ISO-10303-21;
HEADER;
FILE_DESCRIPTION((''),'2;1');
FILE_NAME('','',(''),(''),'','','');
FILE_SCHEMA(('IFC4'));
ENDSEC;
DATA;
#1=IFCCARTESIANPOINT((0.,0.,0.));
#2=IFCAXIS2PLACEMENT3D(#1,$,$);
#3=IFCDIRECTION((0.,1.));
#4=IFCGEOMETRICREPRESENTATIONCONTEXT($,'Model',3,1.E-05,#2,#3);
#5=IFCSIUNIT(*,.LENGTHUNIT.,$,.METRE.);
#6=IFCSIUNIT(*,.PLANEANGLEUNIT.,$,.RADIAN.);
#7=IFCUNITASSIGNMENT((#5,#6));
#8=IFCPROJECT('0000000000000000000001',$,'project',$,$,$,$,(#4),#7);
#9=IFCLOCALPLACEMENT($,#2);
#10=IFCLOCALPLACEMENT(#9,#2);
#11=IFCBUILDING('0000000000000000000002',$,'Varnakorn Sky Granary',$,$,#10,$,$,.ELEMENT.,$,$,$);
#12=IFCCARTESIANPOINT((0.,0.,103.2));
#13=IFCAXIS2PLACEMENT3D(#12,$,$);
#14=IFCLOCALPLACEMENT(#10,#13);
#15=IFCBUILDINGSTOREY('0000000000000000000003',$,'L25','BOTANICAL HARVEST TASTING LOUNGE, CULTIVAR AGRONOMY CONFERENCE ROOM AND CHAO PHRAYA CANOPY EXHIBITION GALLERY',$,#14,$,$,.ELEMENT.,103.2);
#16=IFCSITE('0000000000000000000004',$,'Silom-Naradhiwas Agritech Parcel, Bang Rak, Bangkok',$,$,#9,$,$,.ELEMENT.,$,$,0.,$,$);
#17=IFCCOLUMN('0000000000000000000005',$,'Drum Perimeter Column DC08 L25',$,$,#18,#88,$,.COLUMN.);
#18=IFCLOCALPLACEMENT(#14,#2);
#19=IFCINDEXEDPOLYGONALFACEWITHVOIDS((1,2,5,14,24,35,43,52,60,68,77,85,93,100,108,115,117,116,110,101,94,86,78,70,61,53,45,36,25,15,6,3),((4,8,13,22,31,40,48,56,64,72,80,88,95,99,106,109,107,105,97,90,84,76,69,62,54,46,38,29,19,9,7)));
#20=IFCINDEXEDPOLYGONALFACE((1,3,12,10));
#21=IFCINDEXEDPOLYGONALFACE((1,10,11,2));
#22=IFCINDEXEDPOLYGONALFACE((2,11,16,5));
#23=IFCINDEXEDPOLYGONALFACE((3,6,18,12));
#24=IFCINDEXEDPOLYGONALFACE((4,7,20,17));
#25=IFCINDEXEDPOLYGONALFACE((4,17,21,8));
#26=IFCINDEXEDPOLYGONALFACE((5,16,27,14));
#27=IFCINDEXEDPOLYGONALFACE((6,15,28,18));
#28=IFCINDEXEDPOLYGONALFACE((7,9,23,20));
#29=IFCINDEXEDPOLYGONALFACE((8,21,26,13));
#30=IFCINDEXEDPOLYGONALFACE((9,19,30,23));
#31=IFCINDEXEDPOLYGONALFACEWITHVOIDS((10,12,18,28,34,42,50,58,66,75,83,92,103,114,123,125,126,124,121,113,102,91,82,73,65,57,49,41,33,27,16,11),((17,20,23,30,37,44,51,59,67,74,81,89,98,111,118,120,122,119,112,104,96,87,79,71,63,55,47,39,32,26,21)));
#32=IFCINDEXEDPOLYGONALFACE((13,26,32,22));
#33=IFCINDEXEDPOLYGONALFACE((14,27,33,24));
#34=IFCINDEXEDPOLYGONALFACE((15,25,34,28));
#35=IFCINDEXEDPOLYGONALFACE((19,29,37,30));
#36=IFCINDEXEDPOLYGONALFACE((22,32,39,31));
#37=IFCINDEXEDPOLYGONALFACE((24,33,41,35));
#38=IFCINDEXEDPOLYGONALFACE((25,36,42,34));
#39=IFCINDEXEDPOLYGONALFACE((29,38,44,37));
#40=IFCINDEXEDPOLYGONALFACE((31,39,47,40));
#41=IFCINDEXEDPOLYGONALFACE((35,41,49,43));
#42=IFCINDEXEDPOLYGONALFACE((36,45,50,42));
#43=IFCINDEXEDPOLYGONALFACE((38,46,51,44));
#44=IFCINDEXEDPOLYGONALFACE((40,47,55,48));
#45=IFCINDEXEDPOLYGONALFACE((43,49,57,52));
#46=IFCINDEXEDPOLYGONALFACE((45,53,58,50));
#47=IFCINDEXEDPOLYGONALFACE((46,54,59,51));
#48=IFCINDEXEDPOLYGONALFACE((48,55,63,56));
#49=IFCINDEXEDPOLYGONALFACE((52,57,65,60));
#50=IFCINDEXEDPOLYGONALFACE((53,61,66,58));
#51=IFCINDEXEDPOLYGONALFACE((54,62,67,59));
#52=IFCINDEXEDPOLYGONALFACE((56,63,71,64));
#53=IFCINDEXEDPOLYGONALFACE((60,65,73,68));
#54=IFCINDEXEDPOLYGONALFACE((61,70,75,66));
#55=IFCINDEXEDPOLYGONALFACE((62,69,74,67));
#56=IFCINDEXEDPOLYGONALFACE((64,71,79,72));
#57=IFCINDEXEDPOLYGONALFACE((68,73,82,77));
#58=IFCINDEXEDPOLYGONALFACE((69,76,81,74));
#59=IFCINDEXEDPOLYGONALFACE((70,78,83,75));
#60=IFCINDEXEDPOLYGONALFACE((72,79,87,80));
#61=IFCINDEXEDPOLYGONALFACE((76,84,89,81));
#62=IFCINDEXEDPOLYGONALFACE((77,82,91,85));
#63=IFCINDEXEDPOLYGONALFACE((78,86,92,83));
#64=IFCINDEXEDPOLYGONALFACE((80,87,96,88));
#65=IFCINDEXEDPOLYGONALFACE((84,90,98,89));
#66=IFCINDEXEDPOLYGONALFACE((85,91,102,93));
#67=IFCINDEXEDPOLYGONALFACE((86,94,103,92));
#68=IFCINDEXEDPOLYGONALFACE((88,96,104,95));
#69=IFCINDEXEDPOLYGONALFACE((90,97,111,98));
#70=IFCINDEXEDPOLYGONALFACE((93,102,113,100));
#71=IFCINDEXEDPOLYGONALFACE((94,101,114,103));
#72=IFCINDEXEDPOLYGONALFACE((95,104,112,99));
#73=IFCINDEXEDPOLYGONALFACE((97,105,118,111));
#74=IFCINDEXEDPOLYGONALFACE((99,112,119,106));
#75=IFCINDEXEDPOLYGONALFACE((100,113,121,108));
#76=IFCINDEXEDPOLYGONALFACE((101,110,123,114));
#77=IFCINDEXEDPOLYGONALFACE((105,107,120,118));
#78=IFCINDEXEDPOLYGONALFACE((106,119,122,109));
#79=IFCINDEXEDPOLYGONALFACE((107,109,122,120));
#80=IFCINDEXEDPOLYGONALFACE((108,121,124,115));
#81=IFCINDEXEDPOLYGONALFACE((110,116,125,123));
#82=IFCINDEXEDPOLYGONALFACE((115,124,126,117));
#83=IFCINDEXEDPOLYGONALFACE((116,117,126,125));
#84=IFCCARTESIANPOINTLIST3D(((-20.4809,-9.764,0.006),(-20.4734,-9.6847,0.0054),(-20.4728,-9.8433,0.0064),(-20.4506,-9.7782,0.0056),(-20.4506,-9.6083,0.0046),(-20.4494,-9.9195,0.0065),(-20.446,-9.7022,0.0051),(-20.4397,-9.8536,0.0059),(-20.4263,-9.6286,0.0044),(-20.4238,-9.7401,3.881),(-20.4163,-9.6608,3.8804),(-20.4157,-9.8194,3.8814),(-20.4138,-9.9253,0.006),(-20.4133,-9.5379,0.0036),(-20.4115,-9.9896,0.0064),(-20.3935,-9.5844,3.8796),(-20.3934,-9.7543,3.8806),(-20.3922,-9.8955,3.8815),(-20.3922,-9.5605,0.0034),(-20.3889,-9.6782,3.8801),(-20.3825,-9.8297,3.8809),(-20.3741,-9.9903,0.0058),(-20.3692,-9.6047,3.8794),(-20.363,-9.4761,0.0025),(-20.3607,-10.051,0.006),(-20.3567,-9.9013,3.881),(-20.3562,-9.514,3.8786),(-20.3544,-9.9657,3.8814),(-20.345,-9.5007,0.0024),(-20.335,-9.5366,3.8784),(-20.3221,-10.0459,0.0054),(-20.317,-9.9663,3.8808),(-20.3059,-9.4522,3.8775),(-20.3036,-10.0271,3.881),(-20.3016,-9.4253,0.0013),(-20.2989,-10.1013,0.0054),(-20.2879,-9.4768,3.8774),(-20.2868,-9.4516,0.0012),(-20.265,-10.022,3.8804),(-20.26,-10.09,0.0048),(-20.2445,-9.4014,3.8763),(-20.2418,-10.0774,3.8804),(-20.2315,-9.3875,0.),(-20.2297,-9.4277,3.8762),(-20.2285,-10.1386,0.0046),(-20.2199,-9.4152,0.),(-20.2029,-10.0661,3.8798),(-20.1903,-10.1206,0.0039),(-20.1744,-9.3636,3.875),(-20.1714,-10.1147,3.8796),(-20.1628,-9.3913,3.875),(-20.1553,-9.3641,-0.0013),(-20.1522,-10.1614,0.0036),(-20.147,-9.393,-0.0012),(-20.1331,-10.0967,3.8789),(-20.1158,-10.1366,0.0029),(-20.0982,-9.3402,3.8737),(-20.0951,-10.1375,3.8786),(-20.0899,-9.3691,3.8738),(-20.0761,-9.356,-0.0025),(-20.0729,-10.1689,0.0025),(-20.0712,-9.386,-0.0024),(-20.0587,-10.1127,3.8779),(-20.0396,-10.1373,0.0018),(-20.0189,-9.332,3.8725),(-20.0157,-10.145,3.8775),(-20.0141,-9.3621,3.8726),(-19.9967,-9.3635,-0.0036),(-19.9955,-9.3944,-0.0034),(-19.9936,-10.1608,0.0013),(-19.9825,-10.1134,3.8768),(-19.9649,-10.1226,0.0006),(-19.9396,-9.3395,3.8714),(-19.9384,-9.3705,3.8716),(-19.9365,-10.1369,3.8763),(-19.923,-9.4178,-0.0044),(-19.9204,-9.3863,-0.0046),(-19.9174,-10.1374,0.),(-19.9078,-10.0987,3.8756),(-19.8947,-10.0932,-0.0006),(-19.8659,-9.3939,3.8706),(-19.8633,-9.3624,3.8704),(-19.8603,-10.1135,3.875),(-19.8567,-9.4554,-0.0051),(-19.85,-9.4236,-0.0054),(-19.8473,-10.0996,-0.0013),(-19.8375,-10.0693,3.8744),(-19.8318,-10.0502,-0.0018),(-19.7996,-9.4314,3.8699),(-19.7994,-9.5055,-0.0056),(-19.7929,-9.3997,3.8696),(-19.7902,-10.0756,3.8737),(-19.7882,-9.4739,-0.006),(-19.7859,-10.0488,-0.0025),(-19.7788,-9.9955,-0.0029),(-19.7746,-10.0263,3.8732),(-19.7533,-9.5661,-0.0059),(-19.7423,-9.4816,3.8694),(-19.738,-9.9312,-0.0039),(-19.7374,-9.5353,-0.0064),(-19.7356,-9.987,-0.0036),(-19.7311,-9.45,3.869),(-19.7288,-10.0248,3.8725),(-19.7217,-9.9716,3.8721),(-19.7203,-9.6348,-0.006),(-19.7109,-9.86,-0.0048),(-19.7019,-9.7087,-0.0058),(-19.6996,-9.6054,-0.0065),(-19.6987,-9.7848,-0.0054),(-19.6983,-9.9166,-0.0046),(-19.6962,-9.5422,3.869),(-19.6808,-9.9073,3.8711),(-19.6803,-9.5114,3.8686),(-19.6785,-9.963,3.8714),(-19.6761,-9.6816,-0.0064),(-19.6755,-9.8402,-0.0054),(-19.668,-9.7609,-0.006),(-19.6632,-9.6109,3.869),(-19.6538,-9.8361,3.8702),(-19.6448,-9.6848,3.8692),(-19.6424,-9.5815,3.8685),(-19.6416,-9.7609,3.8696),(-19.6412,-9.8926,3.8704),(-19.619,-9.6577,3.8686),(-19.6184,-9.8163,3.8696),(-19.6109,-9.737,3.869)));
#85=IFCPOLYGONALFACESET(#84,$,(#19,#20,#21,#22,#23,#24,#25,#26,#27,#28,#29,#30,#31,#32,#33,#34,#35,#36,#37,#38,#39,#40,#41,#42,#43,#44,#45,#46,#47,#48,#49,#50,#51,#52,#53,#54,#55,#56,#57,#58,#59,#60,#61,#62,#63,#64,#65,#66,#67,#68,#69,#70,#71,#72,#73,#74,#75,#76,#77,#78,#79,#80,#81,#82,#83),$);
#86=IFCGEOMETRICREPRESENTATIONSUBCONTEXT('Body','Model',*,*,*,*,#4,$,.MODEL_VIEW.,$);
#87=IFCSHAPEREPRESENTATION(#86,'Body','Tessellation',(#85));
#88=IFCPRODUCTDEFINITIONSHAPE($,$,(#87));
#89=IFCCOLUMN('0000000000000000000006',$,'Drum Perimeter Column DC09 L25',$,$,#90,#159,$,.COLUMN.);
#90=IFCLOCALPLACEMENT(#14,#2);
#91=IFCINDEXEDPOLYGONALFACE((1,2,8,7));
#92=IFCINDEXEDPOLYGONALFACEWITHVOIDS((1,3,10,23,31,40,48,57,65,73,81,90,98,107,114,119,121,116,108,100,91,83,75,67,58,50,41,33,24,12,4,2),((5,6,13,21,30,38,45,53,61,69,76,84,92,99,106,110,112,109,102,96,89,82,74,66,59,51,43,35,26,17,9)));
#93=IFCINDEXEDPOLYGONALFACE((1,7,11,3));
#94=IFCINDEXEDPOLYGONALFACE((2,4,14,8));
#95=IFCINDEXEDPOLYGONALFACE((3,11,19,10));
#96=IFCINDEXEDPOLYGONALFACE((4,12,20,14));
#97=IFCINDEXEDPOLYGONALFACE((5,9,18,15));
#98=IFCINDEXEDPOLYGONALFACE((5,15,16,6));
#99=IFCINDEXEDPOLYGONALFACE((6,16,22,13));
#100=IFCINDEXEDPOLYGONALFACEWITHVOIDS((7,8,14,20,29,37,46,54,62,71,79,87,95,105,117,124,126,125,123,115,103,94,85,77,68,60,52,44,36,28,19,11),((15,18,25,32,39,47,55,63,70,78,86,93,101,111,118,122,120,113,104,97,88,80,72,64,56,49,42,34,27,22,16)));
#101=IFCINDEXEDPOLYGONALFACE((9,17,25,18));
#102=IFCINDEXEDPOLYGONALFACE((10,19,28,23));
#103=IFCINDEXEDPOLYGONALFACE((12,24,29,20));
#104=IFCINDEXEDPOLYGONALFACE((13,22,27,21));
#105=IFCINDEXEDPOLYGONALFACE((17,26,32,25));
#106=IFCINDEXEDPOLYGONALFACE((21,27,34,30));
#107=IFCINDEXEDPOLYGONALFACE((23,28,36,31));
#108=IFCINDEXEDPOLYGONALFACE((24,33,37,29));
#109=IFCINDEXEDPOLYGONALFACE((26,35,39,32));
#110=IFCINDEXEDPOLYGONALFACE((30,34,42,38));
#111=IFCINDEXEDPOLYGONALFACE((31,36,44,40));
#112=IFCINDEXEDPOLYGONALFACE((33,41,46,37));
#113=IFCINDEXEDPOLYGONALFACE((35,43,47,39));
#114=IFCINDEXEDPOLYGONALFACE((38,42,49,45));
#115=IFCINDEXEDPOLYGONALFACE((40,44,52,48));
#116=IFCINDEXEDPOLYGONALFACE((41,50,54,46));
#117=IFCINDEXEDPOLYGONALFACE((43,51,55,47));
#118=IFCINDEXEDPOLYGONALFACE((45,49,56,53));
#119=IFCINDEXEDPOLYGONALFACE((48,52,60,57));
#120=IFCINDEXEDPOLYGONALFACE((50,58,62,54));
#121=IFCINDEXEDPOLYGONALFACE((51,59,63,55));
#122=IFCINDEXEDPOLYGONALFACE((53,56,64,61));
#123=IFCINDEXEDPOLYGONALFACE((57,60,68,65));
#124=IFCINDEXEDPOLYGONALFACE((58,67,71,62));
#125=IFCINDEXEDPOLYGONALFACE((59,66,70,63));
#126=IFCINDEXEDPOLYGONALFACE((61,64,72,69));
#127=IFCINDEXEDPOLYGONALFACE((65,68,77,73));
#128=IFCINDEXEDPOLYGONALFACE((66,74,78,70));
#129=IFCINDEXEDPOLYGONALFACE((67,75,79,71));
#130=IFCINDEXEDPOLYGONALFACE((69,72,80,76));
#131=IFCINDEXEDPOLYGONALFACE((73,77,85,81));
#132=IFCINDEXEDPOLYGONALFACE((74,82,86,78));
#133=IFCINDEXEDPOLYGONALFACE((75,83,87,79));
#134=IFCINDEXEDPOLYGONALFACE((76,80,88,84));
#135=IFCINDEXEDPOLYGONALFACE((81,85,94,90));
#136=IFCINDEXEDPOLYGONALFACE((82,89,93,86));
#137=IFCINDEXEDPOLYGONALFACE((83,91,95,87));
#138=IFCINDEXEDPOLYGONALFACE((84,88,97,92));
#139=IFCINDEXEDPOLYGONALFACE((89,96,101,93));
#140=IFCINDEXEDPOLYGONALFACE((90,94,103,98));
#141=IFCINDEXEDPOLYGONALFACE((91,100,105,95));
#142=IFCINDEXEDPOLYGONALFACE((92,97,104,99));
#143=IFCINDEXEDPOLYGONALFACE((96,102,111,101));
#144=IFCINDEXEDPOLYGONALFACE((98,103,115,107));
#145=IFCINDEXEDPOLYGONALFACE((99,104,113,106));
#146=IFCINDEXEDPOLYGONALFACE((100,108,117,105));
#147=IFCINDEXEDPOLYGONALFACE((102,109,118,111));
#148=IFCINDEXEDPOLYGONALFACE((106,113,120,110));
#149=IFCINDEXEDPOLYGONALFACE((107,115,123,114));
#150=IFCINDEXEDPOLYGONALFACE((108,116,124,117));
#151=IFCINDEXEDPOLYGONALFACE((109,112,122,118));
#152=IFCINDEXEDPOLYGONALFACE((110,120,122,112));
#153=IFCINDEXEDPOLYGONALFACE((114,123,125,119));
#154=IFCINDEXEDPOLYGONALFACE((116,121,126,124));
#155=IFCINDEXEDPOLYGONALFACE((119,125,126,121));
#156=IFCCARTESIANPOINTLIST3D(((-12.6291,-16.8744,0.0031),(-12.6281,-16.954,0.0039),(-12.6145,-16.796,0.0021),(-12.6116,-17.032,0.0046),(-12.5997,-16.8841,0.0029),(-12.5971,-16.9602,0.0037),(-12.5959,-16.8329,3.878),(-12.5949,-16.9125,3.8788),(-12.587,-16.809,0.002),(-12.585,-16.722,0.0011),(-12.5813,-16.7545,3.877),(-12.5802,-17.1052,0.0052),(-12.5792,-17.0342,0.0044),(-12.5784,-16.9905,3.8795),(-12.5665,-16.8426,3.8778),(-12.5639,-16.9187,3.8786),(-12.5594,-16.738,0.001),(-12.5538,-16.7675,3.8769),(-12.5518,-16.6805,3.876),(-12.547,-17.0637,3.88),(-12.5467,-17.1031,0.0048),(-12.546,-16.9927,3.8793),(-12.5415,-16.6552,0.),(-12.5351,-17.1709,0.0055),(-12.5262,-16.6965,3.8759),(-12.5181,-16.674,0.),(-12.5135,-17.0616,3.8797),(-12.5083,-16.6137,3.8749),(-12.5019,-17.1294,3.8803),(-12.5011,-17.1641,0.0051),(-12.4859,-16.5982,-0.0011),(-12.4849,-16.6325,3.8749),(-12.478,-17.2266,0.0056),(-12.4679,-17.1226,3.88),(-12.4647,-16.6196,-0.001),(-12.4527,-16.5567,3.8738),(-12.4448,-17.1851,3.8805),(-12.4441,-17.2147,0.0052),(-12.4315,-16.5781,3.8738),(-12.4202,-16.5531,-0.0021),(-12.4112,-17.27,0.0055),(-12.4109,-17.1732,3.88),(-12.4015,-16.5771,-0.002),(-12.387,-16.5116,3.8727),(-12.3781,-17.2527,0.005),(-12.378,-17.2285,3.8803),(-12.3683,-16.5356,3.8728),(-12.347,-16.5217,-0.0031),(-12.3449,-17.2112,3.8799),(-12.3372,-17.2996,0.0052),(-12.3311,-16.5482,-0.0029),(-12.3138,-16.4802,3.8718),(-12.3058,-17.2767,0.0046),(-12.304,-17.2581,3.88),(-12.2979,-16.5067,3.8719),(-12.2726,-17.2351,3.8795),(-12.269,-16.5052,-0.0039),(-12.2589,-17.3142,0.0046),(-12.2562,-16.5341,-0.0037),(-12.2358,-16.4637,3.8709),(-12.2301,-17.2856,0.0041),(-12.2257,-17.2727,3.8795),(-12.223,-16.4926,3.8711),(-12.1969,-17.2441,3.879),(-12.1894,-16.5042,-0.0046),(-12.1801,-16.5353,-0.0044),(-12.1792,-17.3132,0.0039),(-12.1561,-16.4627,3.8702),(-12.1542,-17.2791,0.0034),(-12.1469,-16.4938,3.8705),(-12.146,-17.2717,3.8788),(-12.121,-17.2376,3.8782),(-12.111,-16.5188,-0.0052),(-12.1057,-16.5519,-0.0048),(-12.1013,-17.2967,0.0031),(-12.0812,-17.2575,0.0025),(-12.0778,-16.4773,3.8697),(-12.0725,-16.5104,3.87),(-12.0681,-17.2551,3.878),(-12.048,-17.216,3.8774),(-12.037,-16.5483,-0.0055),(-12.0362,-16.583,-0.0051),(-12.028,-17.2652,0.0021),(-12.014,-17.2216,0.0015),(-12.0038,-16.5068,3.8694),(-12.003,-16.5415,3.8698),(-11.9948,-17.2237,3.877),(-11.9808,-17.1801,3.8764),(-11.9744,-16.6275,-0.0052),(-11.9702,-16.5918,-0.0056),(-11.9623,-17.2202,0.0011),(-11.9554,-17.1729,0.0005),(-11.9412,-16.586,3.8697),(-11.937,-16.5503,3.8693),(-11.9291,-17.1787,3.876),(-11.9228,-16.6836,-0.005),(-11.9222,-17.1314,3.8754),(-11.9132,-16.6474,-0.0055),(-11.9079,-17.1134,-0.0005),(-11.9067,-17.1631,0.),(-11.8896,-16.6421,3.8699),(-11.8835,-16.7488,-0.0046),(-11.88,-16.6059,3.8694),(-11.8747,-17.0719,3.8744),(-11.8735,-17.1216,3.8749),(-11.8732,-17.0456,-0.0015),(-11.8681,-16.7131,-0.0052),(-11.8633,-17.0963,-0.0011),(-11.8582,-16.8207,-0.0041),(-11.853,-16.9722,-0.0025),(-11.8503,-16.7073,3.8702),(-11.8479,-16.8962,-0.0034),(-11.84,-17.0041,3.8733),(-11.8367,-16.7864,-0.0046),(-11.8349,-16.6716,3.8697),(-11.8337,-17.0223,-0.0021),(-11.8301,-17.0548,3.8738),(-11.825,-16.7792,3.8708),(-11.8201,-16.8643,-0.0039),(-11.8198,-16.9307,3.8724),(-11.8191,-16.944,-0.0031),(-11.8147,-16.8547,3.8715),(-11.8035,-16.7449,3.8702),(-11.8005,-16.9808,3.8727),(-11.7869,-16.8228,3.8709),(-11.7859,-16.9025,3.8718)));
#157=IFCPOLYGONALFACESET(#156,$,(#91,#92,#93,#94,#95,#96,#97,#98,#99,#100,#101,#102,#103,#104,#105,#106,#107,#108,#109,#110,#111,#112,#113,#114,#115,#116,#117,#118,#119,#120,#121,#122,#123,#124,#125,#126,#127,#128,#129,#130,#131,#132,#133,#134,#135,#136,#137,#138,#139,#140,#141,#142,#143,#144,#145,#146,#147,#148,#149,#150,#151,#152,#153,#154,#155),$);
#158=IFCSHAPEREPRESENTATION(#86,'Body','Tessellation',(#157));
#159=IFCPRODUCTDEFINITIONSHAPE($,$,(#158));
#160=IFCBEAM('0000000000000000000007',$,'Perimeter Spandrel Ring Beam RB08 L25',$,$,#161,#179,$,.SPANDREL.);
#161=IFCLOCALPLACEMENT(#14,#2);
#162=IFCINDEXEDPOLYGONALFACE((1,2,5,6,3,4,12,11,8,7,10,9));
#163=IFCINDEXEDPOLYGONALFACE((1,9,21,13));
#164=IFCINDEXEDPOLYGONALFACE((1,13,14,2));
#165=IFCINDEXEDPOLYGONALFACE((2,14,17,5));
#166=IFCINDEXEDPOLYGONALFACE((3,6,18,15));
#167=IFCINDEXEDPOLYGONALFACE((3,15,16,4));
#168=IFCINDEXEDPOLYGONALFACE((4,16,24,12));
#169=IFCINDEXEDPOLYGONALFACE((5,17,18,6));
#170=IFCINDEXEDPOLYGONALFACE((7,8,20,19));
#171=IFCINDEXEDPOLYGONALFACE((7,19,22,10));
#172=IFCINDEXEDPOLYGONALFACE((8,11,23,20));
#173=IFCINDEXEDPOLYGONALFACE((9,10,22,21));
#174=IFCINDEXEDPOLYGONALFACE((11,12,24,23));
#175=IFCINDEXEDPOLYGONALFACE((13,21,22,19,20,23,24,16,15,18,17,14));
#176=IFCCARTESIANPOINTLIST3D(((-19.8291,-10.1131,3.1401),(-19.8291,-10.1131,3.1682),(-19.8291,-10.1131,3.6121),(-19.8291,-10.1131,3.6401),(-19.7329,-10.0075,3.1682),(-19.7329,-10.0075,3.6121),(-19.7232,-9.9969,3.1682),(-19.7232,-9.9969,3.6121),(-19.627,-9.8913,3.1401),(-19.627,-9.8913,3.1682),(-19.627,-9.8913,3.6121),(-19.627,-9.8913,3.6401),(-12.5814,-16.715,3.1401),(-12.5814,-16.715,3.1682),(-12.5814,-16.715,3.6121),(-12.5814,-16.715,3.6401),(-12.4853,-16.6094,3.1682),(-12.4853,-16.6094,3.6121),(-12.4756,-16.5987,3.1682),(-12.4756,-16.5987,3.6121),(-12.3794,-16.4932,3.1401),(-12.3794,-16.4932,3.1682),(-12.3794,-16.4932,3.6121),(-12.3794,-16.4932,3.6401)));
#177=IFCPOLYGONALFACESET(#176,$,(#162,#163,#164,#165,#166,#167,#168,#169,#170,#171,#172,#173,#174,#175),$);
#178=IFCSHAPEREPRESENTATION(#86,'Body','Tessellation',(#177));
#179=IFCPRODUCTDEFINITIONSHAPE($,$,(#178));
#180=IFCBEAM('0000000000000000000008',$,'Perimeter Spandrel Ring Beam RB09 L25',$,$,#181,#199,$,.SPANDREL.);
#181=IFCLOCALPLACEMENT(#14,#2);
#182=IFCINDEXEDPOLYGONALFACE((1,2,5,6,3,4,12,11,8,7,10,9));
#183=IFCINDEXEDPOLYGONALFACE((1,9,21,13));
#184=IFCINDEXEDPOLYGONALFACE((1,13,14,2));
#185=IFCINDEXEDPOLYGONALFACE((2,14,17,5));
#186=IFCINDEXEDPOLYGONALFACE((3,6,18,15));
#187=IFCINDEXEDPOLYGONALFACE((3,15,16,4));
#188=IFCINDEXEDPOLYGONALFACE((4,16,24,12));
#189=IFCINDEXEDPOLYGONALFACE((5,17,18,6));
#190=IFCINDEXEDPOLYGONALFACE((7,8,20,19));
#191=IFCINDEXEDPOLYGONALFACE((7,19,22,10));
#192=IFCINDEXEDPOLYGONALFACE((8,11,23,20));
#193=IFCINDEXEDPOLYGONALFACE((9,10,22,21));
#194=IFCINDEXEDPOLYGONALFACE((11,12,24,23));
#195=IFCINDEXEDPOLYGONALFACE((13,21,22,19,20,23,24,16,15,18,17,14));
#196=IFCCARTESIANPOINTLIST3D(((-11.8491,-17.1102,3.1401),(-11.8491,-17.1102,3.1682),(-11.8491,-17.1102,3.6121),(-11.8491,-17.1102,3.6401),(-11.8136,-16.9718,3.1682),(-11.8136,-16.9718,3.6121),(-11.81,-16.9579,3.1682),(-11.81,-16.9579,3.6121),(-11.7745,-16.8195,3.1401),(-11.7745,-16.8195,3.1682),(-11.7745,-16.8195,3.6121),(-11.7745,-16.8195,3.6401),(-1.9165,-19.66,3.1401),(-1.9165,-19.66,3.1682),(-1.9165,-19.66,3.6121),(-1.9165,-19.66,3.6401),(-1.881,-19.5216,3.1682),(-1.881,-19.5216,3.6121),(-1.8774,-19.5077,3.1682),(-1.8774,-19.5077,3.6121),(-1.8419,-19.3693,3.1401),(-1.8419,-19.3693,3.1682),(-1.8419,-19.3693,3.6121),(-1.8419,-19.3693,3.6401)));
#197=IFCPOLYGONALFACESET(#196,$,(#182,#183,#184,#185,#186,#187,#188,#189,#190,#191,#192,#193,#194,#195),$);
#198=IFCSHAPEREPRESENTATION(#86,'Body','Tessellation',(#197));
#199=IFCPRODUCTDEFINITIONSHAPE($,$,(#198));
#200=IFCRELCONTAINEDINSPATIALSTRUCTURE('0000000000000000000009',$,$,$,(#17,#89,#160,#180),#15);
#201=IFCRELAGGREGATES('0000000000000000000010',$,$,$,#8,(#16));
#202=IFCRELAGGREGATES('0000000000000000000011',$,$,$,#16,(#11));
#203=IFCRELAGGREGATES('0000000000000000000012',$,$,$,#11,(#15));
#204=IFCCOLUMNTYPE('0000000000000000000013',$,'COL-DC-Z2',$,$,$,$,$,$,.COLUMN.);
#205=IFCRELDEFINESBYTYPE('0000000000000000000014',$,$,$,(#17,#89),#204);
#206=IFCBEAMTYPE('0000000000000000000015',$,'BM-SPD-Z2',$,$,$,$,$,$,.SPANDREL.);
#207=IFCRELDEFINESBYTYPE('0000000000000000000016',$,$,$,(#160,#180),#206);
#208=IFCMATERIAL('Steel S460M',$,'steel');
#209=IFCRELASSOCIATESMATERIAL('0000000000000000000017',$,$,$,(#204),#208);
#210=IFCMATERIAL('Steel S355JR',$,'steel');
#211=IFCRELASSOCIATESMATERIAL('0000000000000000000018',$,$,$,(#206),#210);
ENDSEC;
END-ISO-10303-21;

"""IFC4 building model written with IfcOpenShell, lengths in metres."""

from ifc_helpers import new_model, si_unit, direction, frame, origin, origin_2d, place, context, subcontext, project, spatial, hollow_circle, i_section, extrude, material, material_profile, profile_set, type_object, element, save


model = new_model("IFC4")

# Units and contexts
model_context = context("Model", 3, precision=1e-05, world=origin(), true_north=direction((0.0, 1.0)))
body_context = subcontext(model_context, "Body", "Model", "MODEL_VIEW")
ifc_project = project(units=[si_unit("LENGTHUNIT", "METRE"), si_unit("PLANEANGLEUNIT", "RADIAN")], contexts=[model_context])

# Site, building, storey
site_placement = place(None, origin())
site = spatial("IfcSite", under=ifc_project, at=site_placement, Name="Silom-Naradhiwas Agritech Parcel, Bang Rak, Bangkok", CompositionType="ELEMENT", RefElevation=0.0)
building_placement = place(site_placement, origin())
building = spatial("IfcBuilding", under=site, at=building_placement, Name="Varnakorn Sky Granary", CompositionType="ELEMENT")
storey_placement = place(building_placement, frame((0.0, 0.0, 103.2)))
storey = spatial("IfcBuildingStorey", under=building, at=storey_placement, Name="L25", Description="BOTANICAL HARVEST TASTING LOUNGE, CULTIVAR AGRONOMY CONFERENCE ROOM AND CHAO PHRAYA CANOPY EXHIBITION GALLERY", CompositionType="ELEMENT", Elevation=103.2)

# Columns
ifc_material_1 = material(Name="Steel S460M", Category="steel")
ifc_material_profile_1 = material_profile(ifc_material_1, hollow_circle(Radius=0.4065, WallThickness=0.03, at=origin_2d()), Name="CHS 813x30")
ifc_profile_set_1 = profile_set([ifc_material_profile_1], Name="Steel S460M")
column_type = type_object("IfcColumnType", Name="COL-DC-Z2", PredefinedType="COLUMN", material=ifc_profile_set_1)
column_1_placement = place(storey_placement, frame((-20.0745, -9.7625, 0.0), z_axis=(0.014741, 0.006174, 0.999872), x_axis=(-0.386294, 0.922376, 0.0)))
element("IfcColumn", 1, at=column_1_placement, inside=storey, type_object=column_type, Name="Drum Perimeter Column DC08 L25", PredefinedType="COLUMN", context=body_context, shape_type="SweptSolid", body=[
    extrude(hollow_circle(Radius=0.4065, WallThickness=0.03, at=origin_2d()), origin(), (0.0, 0.0, 1.0), 3.8755),
])
column_2_placement = place(storey_placement, frame((-12.2241, -16.9092, 0.0), z_axis=(0.008568, 0.01071, 0.999906), x_axis=(-0.780869, 0.624695, 0.0)))
element("IfcColumn", 2, at=column_2_placement, inside=storey, type_object=column_type, Name="Drum Perimeter Column DC09 L25", PredefinedType="COLUMN", context=body_context, shape_type="SweptSolid", body=[
    extrude(hollow_circle(Radius=0.4065, WallThickness=0.03, at=origin_2d()), origin(), (0.0, 0.0, 1.0), 3.8752),
])

# Beams
ifc_material_2 = material(Name="Steel S355JR", Category="steel")
ifc_material_profile_2 = material_profile(ifc_material_2, i_section(OverallWidth=0.3, OverallDepth=0.5, WebThickness=0.0144, FlangeThickness=0.0281, at=origin_2d()), Name="HE 500 B")
ifc_profile_set_2 = profile_set([ifc_material_profile_2], Name="Steel S355JR")
beam_type = type_object("IfcBeamType", Name="BM-SPD-Z2", PredefinedType="SPANDREL", material=ifc_profile_set_2)
beam_1_placement = place(storey_placement, frame((-19.728, -10.0022, 3.3901), z_axis=(0.739274, -0.673405, 0.0), x_axis=(0.673405, 0.739274, 0.0)))
element("IfcBeam", 3, at=beam_1_placement, inside=storey, type_object=beam_type, Name="Perimeter Spandrel Ring Beam RB08 L25", PredefinedType="SPANDREL", context=body_context, shape_type="SweptSolid", body=[
    extrude(i_section(OverallWidth=0.3, OverallDepth=0.5, WebThickness=0.0144, FlangeThickness=0.0281, at=origin_2d()), origin(), (0.0, 0.0, 1.0), 9.8037),
])
beam_2_placement = place(storey_placement, frame((-11.8118, -16.9648, 3.3901), z_axis=(0.968594, -0.248648, 0.0), x_axis=(0.248648, 0.968594, 0.0)))
element("IfcBeam", 4, at=beam_2_placement, inside=storey, type_object=beam_type, Name="Perimeter Spandrel Ring Beam RB09 L25", PredefinedType="SPANDREL", context=body_context, shape_type="SweptSolid", body=[
    extrude(i_section(OverallWidth=0.3, OverallDepth=0.5, WebThickness=0.0144, FlangeThickness=0.0281, at=origin_2d()), origin(), (0.0, 0.0, 1.0), 10.2546),
])

save(model, "model.ifc")
